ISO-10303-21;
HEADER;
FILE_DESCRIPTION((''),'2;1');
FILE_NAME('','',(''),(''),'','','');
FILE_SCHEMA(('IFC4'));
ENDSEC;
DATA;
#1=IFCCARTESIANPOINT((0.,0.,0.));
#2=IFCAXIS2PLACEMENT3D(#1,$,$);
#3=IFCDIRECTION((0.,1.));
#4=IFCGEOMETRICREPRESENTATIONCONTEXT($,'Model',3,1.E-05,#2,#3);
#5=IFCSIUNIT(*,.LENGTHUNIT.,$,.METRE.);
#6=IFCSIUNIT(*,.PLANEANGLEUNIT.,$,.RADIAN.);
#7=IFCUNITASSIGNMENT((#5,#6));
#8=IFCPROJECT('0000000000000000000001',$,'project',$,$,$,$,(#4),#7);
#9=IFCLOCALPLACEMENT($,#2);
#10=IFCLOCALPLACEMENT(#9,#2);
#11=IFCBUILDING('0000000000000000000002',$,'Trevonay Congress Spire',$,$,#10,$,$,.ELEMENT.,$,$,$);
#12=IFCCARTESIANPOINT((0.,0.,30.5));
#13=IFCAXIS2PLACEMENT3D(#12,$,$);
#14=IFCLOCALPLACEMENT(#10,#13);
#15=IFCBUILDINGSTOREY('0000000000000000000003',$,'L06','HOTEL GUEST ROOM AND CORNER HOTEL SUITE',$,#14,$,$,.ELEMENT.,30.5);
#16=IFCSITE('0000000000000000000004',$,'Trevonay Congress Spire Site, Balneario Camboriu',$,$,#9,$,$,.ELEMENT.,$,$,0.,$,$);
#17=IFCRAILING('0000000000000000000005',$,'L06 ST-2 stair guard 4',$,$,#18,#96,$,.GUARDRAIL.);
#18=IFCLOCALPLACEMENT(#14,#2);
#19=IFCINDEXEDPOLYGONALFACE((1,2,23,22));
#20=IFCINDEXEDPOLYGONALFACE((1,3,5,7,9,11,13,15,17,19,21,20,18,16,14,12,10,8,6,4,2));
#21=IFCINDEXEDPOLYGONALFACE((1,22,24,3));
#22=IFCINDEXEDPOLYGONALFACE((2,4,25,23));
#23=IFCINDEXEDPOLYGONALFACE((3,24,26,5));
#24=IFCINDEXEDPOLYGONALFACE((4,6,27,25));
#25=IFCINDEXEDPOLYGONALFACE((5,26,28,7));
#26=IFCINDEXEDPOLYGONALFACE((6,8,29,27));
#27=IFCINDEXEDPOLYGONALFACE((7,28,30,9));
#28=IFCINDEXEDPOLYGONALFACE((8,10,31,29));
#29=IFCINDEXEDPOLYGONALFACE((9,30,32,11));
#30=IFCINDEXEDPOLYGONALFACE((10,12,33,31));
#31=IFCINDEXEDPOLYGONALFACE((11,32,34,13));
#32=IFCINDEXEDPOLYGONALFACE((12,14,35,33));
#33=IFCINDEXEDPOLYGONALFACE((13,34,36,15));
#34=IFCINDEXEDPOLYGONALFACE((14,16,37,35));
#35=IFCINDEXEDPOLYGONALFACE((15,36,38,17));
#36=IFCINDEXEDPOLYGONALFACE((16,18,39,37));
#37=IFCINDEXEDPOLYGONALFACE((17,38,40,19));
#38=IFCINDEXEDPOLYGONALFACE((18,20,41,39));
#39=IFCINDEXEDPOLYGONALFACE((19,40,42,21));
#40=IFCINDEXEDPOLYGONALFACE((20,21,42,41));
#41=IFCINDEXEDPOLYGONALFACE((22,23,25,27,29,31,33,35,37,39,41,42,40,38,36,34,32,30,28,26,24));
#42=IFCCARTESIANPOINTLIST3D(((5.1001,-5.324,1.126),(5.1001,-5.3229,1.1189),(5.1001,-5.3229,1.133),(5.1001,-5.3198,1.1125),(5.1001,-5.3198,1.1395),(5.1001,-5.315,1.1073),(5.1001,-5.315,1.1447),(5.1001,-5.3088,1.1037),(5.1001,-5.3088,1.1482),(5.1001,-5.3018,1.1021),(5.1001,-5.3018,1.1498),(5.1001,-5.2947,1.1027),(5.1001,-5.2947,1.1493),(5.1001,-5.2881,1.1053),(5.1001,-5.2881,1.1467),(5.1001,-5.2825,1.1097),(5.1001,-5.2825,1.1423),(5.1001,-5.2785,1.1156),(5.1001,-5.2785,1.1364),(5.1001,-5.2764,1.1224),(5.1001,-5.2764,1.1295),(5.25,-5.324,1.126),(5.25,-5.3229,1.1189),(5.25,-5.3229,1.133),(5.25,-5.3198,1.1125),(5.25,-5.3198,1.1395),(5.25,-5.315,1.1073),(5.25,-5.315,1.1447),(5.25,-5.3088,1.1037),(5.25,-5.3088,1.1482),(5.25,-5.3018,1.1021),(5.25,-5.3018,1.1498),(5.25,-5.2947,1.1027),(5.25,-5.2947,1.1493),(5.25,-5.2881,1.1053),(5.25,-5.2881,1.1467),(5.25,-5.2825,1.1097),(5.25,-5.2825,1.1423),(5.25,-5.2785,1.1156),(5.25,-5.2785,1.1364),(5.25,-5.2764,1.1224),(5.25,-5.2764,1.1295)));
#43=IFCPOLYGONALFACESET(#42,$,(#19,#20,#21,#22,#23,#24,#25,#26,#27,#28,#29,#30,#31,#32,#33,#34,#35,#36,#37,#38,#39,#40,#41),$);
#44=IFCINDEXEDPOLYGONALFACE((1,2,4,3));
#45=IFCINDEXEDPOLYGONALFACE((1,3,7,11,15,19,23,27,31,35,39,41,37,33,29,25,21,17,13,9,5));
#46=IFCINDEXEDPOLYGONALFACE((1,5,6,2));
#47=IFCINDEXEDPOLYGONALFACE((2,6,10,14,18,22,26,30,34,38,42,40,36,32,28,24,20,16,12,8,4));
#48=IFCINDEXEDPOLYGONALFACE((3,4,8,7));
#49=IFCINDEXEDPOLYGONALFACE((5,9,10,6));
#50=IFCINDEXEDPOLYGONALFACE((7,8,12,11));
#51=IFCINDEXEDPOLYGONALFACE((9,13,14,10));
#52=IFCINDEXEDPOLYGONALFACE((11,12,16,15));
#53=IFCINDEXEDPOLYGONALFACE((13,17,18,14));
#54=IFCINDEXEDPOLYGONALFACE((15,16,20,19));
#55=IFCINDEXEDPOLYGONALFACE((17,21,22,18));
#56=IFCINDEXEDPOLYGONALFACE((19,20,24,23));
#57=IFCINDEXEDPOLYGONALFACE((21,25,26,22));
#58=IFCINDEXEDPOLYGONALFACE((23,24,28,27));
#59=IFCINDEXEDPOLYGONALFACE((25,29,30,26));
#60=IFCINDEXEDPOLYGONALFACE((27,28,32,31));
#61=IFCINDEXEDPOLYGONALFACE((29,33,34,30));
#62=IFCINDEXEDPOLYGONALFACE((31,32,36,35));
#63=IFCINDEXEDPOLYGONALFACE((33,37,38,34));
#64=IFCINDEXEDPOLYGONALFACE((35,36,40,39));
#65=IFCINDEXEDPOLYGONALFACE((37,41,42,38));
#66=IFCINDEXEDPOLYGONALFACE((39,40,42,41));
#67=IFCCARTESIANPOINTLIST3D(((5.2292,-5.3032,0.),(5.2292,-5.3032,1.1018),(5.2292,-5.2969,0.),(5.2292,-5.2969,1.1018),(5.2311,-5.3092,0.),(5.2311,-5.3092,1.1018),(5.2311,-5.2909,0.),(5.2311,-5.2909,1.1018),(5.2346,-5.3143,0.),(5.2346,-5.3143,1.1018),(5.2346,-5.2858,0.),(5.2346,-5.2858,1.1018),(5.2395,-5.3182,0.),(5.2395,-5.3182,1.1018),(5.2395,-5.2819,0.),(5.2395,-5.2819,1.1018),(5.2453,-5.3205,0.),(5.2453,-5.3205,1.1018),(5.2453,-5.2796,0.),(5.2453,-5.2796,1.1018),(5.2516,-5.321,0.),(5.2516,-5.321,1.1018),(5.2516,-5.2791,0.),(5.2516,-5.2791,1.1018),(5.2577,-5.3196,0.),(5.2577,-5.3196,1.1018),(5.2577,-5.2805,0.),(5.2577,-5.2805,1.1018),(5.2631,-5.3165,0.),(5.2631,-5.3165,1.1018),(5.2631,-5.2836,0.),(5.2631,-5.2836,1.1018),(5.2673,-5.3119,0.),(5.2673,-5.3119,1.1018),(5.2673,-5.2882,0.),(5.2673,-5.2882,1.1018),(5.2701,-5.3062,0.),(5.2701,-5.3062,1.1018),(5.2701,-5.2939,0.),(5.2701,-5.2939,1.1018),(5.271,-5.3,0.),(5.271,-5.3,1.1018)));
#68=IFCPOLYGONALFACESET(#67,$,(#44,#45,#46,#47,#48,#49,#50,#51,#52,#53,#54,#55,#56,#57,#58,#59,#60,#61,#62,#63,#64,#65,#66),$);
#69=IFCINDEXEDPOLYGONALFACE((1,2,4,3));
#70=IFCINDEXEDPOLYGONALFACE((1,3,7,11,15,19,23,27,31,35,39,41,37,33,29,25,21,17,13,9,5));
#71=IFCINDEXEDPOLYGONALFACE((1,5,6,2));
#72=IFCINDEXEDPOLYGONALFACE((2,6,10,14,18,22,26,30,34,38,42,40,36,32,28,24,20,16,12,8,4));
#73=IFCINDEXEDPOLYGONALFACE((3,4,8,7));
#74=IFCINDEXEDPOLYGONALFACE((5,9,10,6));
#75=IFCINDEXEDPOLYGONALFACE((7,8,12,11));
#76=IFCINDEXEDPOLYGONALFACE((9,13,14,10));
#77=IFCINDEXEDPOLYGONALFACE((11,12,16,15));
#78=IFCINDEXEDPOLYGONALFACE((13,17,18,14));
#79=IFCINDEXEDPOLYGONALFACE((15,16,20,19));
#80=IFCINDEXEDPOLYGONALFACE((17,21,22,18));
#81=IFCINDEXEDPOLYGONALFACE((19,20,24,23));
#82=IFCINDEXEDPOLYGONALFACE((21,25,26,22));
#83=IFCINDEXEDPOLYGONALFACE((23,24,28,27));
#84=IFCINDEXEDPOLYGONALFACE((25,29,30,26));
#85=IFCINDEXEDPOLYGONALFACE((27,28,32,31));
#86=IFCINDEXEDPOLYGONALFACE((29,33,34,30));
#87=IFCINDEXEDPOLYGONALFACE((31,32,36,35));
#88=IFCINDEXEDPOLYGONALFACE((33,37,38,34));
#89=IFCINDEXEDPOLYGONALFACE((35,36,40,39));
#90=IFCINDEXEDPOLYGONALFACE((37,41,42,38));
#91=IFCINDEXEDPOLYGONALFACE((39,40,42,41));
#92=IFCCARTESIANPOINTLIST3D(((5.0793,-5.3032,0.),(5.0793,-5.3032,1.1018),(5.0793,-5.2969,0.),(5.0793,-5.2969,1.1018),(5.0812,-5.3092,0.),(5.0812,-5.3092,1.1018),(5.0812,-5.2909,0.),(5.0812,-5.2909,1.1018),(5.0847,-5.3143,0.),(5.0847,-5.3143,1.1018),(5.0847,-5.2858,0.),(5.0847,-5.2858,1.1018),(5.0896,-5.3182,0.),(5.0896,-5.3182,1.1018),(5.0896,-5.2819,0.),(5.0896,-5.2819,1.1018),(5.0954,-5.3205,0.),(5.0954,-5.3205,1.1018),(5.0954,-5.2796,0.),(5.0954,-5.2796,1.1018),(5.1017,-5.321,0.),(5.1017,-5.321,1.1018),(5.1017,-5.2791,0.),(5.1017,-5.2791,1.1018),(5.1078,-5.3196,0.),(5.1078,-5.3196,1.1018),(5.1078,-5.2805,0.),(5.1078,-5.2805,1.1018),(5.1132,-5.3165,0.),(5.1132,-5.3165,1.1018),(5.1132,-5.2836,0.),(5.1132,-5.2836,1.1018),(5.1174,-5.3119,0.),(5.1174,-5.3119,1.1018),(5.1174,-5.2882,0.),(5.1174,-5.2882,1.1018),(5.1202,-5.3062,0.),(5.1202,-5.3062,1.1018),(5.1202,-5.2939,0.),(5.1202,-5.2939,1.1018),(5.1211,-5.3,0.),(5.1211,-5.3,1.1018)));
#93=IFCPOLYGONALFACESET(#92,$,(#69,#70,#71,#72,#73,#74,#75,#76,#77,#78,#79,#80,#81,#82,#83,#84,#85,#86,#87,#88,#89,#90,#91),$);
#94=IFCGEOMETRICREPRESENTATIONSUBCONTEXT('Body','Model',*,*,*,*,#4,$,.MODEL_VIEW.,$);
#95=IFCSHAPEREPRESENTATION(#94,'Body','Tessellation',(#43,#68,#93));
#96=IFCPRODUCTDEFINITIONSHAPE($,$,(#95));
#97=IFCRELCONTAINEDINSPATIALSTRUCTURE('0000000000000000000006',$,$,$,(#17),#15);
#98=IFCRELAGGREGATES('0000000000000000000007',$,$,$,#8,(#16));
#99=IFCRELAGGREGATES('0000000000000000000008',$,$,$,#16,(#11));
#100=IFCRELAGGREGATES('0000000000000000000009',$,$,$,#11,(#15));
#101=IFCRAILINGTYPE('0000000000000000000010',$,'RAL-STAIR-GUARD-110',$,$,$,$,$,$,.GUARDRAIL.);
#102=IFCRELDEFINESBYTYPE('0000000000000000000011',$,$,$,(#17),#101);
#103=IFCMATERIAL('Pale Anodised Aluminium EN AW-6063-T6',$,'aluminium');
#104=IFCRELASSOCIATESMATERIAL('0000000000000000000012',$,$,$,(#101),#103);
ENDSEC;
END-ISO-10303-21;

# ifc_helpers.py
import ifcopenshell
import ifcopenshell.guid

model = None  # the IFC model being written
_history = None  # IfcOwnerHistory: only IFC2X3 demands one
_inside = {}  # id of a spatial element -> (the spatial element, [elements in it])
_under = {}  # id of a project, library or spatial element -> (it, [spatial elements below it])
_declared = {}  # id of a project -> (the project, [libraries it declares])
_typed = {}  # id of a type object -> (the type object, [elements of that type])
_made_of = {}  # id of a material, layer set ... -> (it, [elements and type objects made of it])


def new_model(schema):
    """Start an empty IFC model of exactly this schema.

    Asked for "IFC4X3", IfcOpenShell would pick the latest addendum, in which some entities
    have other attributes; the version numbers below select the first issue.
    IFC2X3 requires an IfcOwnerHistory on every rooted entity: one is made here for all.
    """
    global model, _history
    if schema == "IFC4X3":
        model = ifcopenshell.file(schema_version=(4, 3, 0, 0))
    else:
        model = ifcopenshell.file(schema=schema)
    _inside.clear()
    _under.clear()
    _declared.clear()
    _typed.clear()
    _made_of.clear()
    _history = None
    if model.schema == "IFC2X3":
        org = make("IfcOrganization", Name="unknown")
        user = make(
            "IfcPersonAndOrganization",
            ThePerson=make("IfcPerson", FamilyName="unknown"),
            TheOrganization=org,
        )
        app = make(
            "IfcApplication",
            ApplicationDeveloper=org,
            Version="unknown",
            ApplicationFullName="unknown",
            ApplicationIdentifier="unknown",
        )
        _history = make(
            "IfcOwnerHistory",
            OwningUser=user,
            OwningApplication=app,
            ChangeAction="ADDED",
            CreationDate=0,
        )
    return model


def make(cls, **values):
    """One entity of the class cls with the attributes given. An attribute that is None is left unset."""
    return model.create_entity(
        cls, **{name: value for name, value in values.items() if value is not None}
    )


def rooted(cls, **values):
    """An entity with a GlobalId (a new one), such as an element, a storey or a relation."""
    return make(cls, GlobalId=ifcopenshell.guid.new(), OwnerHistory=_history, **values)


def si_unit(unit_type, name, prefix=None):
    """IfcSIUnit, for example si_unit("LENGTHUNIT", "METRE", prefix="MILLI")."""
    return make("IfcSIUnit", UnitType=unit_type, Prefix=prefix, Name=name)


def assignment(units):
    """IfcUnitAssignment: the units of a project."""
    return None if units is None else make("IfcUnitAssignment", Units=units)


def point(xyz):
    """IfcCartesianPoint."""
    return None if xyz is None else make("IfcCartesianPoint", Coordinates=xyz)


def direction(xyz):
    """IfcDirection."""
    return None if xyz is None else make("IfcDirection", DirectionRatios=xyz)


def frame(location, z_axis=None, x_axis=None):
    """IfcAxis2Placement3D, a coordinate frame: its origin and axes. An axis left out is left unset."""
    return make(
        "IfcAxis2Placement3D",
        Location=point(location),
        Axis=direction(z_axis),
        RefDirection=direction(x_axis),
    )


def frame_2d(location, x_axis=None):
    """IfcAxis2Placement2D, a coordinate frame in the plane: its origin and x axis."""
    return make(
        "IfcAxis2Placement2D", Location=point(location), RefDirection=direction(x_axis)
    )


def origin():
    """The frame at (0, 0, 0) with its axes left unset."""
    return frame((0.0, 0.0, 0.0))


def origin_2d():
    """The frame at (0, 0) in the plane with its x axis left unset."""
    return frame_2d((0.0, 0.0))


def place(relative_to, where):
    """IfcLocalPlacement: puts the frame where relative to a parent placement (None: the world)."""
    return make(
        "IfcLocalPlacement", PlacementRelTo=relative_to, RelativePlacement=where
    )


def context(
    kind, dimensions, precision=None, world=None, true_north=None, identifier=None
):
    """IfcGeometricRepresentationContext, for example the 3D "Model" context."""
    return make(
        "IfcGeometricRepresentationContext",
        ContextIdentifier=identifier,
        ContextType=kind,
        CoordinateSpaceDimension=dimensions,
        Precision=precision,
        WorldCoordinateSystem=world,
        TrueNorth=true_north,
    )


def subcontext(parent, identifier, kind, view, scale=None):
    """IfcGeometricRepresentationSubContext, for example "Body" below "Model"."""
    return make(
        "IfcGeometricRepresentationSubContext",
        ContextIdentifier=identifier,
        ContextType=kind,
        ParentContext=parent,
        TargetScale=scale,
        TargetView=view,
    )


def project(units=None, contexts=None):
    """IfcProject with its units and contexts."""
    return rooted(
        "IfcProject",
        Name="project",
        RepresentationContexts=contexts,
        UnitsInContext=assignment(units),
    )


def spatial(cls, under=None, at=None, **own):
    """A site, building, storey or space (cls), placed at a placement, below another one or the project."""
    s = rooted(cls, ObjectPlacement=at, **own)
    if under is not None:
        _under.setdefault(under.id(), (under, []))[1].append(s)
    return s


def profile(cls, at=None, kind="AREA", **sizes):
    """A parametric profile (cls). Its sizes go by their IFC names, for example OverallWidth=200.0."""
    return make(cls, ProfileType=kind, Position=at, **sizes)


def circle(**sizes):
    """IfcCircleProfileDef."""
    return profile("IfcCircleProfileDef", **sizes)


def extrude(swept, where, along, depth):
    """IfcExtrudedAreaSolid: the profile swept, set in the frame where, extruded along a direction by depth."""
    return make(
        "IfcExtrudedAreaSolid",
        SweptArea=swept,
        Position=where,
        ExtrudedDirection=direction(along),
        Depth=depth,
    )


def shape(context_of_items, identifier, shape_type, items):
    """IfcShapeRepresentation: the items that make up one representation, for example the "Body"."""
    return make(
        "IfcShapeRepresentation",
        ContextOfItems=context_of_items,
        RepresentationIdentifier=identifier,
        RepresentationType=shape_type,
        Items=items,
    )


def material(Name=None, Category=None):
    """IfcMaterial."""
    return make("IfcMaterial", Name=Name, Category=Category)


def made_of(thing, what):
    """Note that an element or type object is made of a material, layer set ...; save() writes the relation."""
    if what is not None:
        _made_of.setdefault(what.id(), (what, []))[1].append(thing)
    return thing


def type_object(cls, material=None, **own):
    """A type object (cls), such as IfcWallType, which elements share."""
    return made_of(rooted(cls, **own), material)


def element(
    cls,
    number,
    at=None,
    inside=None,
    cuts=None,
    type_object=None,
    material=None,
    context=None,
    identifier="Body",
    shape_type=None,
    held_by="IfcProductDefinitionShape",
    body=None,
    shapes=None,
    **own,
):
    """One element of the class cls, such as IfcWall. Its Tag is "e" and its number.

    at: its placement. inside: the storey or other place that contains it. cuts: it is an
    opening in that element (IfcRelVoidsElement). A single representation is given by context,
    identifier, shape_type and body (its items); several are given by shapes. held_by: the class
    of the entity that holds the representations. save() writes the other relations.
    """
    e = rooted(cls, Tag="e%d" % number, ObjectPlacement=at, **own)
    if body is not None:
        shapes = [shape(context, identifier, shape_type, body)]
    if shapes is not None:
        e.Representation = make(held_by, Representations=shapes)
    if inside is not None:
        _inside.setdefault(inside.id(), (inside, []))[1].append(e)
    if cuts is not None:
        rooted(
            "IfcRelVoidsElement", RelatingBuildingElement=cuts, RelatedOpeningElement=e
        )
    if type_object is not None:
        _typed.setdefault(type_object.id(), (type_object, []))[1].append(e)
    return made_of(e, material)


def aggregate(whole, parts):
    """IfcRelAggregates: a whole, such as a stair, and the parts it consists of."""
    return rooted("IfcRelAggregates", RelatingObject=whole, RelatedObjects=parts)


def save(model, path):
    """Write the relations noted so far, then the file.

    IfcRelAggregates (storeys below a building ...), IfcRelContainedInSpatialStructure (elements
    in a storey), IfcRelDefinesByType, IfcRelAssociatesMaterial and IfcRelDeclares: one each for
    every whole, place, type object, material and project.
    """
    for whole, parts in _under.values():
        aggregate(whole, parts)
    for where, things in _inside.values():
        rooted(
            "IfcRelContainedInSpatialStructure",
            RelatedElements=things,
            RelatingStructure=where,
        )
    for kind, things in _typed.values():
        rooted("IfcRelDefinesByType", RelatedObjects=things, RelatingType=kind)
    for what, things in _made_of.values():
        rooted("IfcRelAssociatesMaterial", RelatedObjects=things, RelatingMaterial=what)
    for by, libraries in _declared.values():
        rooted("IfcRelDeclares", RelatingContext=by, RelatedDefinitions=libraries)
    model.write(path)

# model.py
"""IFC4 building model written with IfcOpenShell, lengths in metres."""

from ifc_helpers import new_model, si_unit, direction, frame, origin, origin_2d, place, context, subcontext, project, spatial, circle, extrude, material, type_object, element, save


model = new_model("IFC4")

# Units and contexts
model_context = context("Model", 3, precision=1e-05, world=origin(), true_north=direction((0.0, 1.0)))
body_context = subcontext(model_context, "Body", "Model", "MODEL_VIEW")
ifc_project = project(units=[si_unit("LENGTHUNIT", "METRE"), si_unit("PLANEANGLEUNIT", "RADIAN")], contexts=[model_context])

# Site, building, storey
site_placement = place(None, origin())
site = spatial("IfcSite", under=ifc_project, at=site_placement, Name="Trevonay Congress Spire Site, Balneario Camboriu", CompositionType="ELEMENT", RefElevation=0.0)
building_placement = place(site_placement, origin())
building = spatial("IfcBuilding", under=site, at=building_placement, Name="Trevonay Congress Spire", CompositionType="ELEMENT")
storey_placement = place(building_placement, frame((0.0, 0.0, 30.5)))
storey = spatial("IfcBuildingStorey", under=building, at=storey_placement, Name="L06", Description="HOTEL GUEST ROOM AND CORNER HOTEL SUITE", CompositionType="ELEMENT", Elevation=30.5)

# Shared definitions
ifc_material_1 = material(Name="Pale Anodised Aluminium EN AW-6063-T6", Category="aluminium")

# Railing
railing_type_1 = type_object("IfcRailingType", Name="RAL-STAIR-GUARD-110", PredefinedType="GUARDRAIL", material=ifc_material_1)
railing_1_placement = place(storey_placement, frame((5.25, -5.3, 0.0)))
element("IfcRailing", 1, at=railing_1_placement, inside=storey, type_object=railing_type_1, Name="L06 ST-2 stair guard 4", PredefinedType="GUARDRAIL", context=body_context, shape_type="SweptSolid", body=[
    extrude(circle(Radius=0.0239, at=origin_2d()), frame((0.0, 0.0, 1.126), z_axis=(-1.0, 0.0, 0.0), x_axis=(0.0, -1.0, 0.0)), (0.0, 0.0, 1.0), 0.1499),
    extrude(circle(Radius=0.021, at=origin_2d()), origin(), (0.0, 0.0, 1.0), 1.1018),
    extrude(circle(Radius=0.021, at=origin_2d()), frame((-0.1499, 0.0, 0.0)), (0.0, 0.0, 1.0), 1.1018),
])

save(model, "model.ifc")
